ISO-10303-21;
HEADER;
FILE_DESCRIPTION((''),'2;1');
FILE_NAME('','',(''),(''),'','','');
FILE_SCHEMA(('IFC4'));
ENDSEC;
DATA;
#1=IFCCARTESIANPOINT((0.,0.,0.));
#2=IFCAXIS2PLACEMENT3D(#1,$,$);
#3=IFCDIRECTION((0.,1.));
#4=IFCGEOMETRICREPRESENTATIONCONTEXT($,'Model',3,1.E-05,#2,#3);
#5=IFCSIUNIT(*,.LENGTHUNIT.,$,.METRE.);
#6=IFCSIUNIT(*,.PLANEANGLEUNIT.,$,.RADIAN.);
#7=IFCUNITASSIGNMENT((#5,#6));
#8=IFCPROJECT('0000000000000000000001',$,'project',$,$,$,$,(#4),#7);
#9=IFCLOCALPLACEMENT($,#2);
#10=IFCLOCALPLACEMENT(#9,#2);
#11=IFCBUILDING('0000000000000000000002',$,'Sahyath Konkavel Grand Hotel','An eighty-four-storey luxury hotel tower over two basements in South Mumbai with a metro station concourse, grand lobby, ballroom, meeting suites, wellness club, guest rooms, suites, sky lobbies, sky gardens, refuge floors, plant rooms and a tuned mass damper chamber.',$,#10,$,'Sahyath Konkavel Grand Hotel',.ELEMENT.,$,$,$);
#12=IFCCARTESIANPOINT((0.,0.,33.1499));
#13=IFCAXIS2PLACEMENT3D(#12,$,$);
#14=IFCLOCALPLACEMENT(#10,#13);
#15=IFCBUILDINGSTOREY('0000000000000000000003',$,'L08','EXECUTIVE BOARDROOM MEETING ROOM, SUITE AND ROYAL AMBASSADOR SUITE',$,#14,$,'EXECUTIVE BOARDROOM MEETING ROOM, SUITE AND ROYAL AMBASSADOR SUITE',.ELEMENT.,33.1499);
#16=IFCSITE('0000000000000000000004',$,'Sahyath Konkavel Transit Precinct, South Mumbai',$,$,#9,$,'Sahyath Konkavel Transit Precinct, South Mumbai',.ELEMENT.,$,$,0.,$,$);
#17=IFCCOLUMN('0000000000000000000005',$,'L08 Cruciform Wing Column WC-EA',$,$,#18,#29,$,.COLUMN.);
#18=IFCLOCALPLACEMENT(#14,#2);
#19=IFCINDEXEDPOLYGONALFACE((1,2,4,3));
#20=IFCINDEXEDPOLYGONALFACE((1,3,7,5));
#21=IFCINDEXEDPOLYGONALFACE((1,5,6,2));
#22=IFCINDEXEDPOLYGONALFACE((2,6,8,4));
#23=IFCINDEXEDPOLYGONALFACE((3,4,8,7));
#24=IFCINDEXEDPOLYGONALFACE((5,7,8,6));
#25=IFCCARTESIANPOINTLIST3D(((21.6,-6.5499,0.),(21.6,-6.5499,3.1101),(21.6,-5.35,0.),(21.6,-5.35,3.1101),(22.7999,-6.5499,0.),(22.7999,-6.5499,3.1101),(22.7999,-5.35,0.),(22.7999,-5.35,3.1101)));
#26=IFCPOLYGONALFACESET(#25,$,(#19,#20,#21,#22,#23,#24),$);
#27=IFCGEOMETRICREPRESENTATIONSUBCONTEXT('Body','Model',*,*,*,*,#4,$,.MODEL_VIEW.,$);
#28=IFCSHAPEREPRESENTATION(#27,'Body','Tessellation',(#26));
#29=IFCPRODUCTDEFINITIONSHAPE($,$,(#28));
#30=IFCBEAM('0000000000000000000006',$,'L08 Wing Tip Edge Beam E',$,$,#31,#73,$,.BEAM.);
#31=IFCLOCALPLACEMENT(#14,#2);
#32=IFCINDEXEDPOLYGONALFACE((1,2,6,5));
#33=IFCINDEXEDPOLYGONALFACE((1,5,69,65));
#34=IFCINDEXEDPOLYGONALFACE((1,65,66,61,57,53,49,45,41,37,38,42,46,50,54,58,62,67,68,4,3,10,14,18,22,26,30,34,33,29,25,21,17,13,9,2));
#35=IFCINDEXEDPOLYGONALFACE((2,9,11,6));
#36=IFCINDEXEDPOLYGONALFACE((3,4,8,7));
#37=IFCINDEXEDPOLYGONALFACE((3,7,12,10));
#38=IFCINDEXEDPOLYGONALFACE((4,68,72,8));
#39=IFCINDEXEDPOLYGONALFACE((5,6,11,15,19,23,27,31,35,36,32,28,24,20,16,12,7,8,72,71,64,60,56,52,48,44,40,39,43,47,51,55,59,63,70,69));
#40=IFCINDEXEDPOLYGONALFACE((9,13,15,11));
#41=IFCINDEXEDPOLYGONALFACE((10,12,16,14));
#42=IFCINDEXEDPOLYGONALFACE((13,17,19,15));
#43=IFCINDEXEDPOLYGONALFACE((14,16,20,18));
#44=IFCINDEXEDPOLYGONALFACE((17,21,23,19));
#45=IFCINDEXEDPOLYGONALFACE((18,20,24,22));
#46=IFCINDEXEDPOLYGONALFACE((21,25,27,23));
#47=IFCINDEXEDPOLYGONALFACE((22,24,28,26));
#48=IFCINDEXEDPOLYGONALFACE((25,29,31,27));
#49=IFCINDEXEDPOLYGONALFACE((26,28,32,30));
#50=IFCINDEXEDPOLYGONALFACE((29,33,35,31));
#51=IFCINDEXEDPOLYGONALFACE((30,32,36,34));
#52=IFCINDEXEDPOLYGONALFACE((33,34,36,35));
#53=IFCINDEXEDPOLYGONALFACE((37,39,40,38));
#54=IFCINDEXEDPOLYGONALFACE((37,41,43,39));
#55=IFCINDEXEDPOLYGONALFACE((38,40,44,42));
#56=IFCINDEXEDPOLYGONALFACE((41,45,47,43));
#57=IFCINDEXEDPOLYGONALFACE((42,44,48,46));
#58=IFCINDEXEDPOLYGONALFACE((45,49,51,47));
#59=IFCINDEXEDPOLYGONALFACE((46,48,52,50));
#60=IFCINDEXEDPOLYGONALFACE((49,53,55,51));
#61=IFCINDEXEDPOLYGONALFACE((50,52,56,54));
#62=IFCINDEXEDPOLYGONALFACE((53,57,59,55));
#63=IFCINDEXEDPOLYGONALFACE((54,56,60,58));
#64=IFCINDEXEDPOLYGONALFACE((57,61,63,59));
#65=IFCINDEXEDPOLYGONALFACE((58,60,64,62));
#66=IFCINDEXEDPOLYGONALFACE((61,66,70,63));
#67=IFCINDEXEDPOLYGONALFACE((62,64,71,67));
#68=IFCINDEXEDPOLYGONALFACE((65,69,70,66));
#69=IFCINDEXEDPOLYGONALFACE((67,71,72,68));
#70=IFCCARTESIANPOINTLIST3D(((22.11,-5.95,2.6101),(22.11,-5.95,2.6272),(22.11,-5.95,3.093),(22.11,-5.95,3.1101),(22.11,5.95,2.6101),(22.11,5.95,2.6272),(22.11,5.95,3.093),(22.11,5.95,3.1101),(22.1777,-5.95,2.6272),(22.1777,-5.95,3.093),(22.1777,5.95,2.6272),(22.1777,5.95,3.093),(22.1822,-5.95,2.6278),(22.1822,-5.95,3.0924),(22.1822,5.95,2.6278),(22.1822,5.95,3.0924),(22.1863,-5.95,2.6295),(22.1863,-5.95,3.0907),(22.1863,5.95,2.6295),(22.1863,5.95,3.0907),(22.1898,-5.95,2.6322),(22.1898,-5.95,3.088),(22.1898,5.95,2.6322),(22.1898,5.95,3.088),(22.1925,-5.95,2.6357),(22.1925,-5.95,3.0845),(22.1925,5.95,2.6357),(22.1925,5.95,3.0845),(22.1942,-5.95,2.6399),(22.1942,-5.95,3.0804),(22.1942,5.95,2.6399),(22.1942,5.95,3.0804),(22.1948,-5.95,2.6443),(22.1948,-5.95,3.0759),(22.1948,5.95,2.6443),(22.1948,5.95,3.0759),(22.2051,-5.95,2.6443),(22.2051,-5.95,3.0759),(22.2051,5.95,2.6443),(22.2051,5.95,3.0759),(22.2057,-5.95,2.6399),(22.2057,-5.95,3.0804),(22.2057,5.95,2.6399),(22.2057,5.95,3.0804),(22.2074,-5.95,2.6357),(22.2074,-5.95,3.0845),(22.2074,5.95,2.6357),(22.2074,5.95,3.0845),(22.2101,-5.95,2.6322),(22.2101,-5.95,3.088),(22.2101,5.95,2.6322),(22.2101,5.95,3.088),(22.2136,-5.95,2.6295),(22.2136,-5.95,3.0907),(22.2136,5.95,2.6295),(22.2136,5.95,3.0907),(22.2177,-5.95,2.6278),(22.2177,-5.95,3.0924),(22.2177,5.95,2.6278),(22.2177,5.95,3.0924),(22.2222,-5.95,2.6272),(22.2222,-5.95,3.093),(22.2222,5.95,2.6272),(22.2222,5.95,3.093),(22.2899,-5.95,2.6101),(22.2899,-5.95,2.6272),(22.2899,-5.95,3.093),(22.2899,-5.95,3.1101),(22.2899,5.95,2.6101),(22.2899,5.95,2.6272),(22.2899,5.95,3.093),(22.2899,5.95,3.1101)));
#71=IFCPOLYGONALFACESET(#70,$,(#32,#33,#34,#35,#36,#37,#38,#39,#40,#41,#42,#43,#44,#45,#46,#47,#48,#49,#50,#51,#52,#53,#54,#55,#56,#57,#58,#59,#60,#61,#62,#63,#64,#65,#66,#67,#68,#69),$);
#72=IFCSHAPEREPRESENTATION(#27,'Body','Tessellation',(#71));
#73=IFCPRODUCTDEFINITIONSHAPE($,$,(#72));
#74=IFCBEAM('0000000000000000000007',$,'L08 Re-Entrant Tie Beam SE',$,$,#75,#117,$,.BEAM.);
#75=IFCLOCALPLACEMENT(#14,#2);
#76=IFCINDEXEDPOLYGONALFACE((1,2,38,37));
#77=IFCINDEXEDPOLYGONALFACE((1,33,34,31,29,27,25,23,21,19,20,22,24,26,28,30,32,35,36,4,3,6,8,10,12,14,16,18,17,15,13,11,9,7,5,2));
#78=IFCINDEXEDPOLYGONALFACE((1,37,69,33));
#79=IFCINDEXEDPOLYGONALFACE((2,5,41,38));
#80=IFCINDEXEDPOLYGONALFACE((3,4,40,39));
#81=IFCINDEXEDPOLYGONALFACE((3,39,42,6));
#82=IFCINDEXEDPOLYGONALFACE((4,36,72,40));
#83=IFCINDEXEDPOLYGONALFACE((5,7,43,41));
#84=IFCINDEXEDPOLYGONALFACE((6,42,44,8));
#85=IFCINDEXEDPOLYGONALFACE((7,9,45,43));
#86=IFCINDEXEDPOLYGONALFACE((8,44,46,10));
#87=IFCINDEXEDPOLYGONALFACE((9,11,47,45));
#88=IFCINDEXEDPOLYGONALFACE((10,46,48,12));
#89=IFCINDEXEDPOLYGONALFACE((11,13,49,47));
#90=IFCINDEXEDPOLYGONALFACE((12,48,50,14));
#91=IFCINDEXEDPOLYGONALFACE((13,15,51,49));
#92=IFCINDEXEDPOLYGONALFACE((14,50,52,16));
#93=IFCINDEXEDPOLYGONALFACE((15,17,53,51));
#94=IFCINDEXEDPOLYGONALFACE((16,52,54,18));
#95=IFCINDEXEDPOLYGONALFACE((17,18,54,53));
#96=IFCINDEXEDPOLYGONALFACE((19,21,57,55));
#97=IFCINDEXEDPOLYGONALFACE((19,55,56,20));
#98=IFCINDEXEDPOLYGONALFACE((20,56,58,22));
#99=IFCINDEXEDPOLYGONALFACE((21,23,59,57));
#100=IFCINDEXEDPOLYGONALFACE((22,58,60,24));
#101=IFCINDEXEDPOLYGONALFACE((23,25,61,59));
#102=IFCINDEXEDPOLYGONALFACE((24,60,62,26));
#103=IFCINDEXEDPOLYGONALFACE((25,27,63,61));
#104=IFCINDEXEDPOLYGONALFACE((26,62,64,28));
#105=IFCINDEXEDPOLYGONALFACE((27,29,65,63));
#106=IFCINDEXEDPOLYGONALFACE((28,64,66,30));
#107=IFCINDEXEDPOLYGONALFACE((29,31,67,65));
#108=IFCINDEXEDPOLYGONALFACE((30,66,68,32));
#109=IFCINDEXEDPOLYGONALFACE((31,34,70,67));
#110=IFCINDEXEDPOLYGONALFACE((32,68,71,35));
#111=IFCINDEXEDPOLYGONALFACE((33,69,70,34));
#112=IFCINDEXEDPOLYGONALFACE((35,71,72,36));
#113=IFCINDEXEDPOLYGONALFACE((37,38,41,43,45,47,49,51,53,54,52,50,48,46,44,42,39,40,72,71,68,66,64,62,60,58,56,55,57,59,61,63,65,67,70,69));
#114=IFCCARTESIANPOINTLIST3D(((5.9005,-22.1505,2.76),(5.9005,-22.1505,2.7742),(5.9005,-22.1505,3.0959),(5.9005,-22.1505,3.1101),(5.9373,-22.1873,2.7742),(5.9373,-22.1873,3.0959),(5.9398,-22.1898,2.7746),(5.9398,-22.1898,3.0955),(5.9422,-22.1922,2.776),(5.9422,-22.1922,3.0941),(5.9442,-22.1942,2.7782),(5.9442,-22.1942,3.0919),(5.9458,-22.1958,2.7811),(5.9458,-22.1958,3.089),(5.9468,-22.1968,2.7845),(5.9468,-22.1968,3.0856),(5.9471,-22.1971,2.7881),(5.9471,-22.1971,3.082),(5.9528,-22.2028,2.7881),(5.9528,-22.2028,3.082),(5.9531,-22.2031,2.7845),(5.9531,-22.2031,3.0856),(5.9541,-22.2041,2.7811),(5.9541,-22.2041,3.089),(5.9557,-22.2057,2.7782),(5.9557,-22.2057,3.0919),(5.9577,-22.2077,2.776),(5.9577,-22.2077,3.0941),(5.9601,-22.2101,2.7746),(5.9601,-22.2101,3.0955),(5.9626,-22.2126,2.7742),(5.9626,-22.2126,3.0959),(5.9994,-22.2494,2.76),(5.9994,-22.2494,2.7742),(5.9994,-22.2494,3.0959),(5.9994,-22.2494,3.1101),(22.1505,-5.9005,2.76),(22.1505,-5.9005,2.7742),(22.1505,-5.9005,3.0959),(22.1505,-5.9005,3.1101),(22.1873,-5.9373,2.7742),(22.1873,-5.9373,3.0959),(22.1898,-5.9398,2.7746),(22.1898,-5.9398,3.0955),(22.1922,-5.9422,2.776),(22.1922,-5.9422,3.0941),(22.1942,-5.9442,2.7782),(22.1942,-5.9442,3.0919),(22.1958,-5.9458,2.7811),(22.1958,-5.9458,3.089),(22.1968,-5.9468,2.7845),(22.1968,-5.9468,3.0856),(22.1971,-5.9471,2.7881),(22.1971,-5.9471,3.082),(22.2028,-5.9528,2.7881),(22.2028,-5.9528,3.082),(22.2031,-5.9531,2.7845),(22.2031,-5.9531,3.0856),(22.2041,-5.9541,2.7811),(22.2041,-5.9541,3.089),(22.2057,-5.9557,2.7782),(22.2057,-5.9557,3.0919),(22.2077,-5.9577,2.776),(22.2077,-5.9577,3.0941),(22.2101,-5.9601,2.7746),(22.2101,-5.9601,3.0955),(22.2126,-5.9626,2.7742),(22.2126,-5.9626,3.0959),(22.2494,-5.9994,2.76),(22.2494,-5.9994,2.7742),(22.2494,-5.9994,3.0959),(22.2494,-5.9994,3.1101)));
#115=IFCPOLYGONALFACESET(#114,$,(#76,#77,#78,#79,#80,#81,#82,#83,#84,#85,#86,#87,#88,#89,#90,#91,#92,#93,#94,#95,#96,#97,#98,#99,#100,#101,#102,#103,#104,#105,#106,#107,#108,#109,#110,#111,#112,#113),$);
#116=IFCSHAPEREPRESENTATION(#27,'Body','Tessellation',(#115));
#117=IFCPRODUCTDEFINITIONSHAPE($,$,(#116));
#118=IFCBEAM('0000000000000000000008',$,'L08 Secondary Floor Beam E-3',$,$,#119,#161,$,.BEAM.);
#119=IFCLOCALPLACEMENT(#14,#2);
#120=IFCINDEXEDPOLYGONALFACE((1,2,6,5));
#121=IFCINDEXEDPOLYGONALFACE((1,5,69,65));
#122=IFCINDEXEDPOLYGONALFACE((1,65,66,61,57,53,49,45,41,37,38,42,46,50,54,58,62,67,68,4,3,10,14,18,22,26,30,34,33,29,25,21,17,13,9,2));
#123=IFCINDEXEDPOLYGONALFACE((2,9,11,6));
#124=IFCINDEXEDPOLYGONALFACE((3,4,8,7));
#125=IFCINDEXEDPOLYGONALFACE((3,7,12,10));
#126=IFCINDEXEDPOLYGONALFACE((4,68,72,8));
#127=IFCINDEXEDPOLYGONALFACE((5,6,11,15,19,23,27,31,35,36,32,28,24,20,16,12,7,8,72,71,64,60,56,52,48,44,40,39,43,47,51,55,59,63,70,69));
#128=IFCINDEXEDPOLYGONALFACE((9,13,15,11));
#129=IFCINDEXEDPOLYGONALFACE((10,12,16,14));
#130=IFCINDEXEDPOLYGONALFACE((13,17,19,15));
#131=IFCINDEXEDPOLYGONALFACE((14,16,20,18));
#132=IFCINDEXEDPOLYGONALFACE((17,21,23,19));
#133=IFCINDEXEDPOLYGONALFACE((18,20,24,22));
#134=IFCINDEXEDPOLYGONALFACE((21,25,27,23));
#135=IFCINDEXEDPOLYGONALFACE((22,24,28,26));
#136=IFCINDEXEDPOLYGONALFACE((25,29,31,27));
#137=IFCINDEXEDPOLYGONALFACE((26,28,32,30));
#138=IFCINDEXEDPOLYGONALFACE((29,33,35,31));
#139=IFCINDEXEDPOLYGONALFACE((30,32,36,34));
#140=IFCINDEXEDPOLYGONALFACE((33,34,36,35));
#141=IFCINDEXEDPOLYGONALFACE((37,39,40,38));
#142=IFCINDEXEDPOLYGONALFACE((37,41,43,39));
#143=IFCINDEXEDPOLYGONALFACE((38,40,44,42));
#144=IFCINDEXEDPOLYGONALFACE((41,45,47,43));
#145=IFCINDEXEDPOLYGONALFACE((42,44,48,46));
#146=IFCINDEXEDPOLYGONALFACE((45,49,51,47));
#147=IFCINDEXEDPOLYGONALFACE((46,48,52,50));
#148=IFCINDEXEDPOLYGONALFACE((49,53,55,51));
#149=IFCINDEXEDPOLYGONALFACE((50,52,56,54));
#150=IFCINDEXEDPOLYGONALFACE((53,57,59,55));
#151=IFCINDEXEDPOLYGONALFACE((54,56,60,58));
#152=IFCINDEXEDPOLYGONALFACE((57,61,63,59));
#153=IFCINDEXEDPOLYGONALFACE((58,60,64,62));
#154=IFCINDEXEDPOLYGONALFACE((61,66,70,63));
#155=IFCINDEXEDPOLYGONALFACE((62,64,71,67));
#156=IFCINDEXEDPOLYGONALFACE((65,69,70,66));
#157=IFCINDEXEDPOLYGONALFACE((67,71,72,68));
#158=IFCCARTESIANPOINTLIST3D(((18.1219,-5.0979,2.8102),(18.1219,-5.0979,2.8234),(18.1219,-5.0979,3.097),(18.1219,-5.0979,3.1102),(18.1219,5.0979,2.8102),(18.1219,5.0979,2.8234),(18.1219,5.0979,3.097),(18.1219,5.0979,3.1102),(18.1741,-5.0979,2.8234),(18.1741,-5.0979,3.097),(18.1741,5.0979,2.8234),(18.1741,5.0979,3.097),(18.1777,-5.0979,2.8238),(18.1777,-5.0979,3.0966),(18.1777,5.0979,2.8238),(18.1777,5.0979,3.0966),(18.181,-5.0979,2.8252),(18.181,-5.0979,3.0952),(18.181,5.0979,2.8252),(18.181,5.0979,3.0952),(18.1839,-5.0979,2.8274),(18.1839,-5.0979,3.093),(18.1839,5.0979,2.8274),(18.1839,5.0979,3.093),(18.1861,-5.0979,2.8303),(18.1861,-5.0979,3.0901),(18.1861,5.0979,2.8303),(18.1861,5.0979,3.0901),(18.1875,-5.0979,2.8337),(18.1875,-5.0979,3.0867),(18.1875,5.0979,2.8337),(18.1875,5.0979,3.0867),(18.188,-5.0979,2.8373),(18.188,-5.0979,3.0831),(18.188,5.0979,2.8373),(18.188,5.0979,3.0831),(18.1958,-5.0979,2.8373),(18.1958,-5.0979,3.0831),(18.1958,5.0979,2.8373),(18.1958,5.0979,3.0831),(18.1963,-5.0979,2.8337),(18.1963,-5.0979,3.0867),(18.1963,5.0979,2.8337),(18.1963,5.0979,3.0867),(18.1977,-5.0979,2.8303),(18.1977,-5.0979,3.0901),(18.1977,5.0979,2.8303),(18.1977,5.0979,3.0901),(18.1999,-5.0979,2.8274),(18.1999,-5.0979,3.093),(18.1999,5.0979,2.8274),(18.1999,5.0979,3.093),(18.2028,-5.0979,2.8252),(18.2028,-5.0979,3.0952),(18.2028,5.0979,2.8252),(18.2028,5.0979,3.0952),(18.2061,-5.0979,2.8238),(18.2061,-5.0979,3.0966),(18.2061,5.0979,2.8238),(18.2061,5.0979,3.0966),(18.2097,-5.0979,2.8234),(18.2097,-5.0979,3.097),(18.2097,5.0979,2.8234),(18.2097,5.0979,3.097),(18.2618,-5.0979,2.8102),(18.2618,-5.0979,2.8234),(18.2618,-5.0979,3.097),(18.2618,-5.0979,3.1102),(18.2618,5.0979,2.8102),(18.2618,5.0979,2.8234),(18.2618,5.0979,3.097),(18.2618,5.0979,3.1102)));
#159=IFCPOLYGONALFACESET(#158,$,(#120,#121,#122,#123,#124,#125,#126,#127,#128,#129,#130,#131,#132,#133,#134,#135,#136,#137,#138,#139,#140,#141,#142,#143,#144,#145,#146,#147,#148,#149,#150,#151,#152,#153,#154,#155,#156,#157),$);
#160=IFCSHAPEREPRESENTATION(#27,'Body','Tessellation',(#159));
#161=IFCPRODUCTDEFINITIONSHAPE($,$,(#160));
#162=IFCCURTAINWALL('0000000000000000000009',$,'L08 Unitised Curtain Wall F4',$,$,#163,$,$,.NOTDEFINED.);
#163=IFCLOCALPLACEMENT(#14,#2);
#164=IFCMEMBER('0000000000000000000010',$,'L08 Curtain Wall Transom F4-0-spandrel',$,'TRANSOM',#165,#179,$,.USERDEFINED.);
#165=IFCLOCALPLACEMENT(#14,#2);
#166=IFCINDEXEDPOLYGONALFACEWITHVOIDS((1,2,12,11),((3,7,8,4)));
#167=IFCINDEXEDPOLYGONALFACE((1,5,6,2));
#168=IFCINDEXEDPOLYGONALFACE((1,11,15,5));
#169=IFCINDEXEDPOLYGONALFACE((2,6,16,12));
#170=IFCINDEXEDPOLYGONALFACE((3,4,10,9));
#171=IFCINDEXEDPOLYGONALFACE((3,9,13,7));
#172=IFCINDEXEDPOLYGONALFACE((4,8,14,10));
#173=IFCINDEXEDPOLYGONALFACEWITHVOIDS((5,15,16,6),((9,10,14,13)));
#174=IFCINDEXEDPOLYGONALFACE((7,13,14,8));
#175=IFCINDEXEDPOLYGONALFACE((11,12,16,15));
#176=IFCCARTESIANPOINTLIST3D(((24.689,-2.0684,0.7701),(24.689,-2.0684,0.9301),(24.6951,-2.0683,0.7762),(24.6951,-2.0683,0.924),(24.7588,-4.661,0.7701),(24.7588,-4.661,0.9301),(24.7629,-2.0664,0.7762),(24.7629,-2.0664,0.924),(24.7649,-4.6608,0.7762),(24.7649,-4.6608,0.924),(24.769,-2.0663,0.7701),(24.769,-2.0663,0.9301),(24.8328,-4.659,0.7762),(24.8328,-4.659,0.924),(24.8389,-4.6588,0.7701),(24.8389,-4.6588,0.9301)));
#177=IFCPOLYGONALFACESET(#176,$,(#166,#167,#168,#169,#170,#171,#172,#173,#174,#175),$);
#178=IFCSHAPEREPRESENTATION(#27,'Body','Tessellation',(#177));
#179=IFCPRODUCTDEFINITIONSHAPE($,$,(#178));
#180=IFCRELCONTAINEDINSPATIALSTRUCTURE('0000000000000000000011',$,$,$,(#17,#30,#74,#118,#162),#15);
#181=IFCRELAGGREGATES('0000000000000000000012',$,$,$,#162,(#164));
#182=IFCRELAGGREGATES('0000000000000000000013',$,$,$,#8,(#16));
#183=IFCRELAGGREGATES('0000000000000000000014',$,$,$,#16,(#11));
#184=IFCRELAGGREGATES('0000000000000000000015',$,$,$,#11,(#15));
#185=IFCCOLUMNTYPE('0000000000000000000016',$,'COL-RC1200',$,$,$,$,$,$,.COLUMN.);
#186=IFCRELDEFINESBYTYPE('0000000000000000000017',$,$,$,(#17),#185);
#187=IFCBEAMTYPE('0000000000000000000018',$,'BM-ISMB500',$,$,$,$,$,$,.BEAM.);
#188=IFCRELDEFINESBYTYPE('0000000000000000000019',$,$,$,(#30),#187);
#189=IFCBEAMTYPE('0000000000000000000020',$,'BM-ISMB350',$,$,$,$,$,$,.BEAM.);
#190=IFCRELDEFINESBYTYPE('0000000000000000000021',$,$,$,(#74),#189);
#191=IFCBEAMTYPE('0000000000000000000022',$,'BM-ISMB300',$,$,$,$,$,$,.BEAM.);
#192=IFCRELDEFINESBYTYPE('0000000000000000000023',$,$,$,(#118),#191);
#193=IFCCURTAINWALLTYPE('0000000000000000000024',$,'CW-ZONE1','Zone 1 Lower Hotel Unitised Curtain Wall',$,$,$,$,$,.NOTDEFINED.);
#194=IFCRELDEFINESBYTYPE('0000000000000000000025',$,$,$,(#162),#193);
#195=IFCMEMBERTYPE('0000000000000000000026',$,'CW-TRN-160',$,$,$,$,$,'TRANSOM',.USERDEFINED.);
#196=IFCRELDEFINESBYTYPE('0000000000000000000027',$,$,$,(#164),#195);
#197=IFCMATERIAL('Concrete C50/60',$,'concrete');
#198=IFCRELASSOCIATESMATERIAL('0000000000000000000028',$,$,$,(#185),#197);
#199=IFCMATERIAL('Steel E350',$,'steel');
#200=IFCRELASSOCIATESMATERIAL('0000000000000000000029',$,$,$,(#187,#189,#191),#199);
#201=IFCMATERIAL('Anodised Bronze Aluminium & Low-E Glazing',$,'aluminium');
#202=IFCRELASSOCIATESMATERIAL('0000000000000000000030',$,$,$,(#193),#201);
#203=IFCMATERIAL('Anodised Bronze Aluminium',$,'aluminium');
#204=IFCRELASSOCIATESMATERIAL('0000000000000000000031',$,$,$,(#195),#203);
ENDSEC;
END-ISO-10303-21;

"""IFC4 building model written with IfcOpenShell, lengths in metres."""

from ifc_helpers import new_model, si_unit, direction, frame, origin, origin_2d, place, context, subcontext, project, spatial, rectangle, hollow_rectangle, i_section, extrude, source, transform, mapped, material, material_profile, profile_set, type_object, element, aggregate, save


model = new_model("IFC4")

# Units and contexts
model_context = context("Model", 3, precision=1e-05, world=origin(), true_north=direction((0.0, 1.0)))
body_context = subcontext(model_context, "Body", "Model", "MODEL_VIEW")
ifc_project = project(units=[si_unit("LENGTHUNIT", "METRE"), si_unit("PLANEANGLEUNIT", "RADIAN")], contexts=[model_context])

# Site, building, storey
site_placement = place(None, origin())
site = spatial("IfcSite", under=ifc_project, at=site_placement, Name="Sahyath Konkavel Transit Precinct, South Mumbai", LongName="Sahyath Konkavel Transit Precinct, South Mumbai", CompositionType="ELEMENT", RefElevation=0.0)
building_placement = place(site_placement, origin())
building = spatial("IfcBuilding", under=site, at=building_placement, Name="Sahyath Konkavel Grand Hotel", Description="An eighty-four-storey luxury hotel tower over two basements in South Mumbai with a metro station concourse, grand lobby, ballroom, meeting suites, wellness club, guest rooms, suites, sky lobbies, sky gardens, refuge floors, plant rooms and a tuned mass damper chamber.", LongName="Sahyath Konkavel Grand Hotel", CompositionType="ELEMENT")
storey_placement = place(building_placement, frame((0.0, 0.0, 33.1499)))
storey = spatial("IfcBuildingStorey", under=building, at=storey_placement, Name="L08", Description="EXECUTIVE BOARDROOM MEETING ROOM, SUITE AND ROYAL AMBASSADOR SUITE", LongName="EXECUTIVE BOARDROOM MEETING ROOM, SUITE AND ROYAL AMBASSADOR SUITE", CompositionType="ELEMENT", Elevation=33.1499)

# Column
ifc_material_1 = material(Name="Concrete C50/60", Category="concrete")
ifc_material_profile_1 = material_profile(ifc_material_1, rectangle(XDim=1.2, YDim=1.2, at=origin_2d()), Name="RC 1200x1200")
ifc_profile_set_1 = profile_set([ifc_material_profile_1], Name="Concrete C50/60")
column_type = type_object("IfcColumnType", Name="COL-RC1200", PredefinedType="COLUMN", material=ifc_profile_set_1)
shared_shape_1 = source(origin(), body_context, "Body", "SweptSolid", [
    extrude(rectangle(XDim=1.2, YDim=1.2, at=origin_2d()), origin(), (0.0, 0.0, 1.0), 3.1101),
])
column_placement = place(storey_placement, frame((22.2, -5.95, 0.0), z_axis=(0.0, 0.0, 1.0), x_axis=(1.0, 0.0, 0.0)))
element("IfcColumn", 1, at=column_placement, inside=storey, type_object=column_type, Name="L08 Cruciform Wing Column WC-EA", PredefinedType="COLUMN", context=body_context, shape_type="MappedRepresentation", body=[
    mapped(shared_shape_1, transform((0.0, 0.0, 0.0), scale=1.0)),
])

# Beams
ifc_material_2 = material(Name="Steel E350", Category="steel")
ifc_material_profile_2 = material_profile(ifc_material_2, i_section(OverallWidth=0.1799, OverallDepth=0.5, WebThickness=0.0103, FlangeThickness=0.0171, FilletRadius=0.0171, at=origin_2d()), Name="ISMB 500")
ifc_profile_set_2 = profile_set([ifc_material_profile_2], Name="Steel E350")
beam_type_1 = type_object("IfcBeamType", Name="BM-ISMB500", PredefinedType="BEAM", material=ifc_profile_set_2)
shared_shape_2 = source(origin(), body_context, "Body", "SweptSolid", [
    extrude(i_section(OverallWidth=0.1799, OverallDepth=0.5, WebThickness=0.0103, FlangeThickness=0.0171, FilletRadius=0.0171, at=origin_2d()), origin(), (0.0, 0.0, 1.0), 11.8999),
])
beam_1_placement = place(storey_placement, frame((22.2, -5.95, 2.8601), z_axis=(0.0, 1.0, 0.0), x_axis=(-1.0, 0.0, 0.0)))
element("IfcBeam", 2, at=beam_1_placement, inside=storey, type_object=beam_type_1, Name="L08 Wing Tip Edge Beam E", PredefinedType="BEAM", context=body_context, shape_type="MappedRepresentation", body=[
    mapped(shared_shape_2, transform((0.0, 0.0, 0.0), scale=1.0)),
])
ifc_material_profile_3 = material_profile(ifc_material_2, i_section(OverallWidth=0.1399, OverallDepth=0.3501, WebThickness=0.0081, FlangeThickness=0.0142, FilletRadius=0.0139, at=origin_2d()), Name="ISMB 350")
ifc_profile_set_3 = profile_set([ifc_material_profile_3], Name="Steel E350")
beam_type_2 = type_object("IfcBeamType", Name="BM-ISMB350", PredefinedType="BEAM", material=ifc_profile_set_3)
shared_shape_3 = source(origin(), body_context, "Body", "SweptSolid", [
    extrude(i_section(OverallWidth=0.1399, OverallDepth=0.3501, WebThickness=0.0081, FlangeThickness=0.0142, FilletRadius=0.0139, at=origin_2d()), origin(), (0.0, 0.0, 1.0), 22.981),
])
beam_2_placement = place(storey_placement, frame((22.2, -5.95, 2.9351), z_axis=(-0.707107, -0.707107, 0.0), x_axis=(0.707107, -0.707107, 0.0)))
element("IfcBeam", 3, at=beam_2_placement, inside=storey, type_object=beam_type_2, Name="L08 Re-Entrant Tie Beam SE", PredefinedType="BEAM", context=body_context, shape_type="MappedRepresentation", body=[
    mapped(shared_shape_3, transform((0.0, 0.0, 0.0), scale=1.0)),
])
ifc_material_profile_4 = material_profile(ifc_material_2, i_section(OverallWidth=0.1399, OverallDepth=0.3, WebThickness=0.0078, FlangeThickness=0.0132, FilletRadius=0.0139, at=origin_2d()), Name="ISMB 300")
ifc_profile_set_4 = profile_set([ifc_material_profile_4], Name="Steel E350")
beam_type_3 = type_object("IfcBeamType", Name="BM-ISMB300", PredefinedType="BEAM", material=ifc_profile_set_4)
shared_shape_4 = source(origin(), body_context, "Body", "SweptSolid", [
    extrude(i_section(OverallWidth=0.1399, OverallDepth=0.3, WebThickness=0.0078, FlangeThickness=0.0132, FilletRadius=0.0139, at=origin_2d()), origin(), (0.0, 0.0, 1.0), 10.1958),
])
beam_3_placement = place(storey_placement, frame((18.1919, -5.0979, 2.9602), z_axis=(0.0, 1.0, 0.0), x_axis=(-1.0, 0.0, 0.0)))
element("IfcBeam", 4, at=beam_3_placement, inside=storey, type_object=beam_type_3, Name="L08 Secondary Floor Beam E-3", PredefinedType="BEAM", context=body_context, shape_type="MappedRepresentation", body=[
    mapped(shared_shape_4, transform((0.0, 0.0, 0.0), scale=1.0)),
])

# Curtain wall, member
ifc_material_3 = material(Name="Anodised Bronze Aluminium & Low-E Glazing", Category="aluminium")
curtain_wall_type = type_object("IfcCurtainWallType", Name="CW-ZONE1", Description="Zone 1 Lower Hotel Unitised Curtain Wall", PredefinedType="NOTDEFINED", material=ifc_material_3)
curtain_wall_1_placement = place(storey_placement, origin())
curtain_wall_1 = element("IfcCurtainWall", 5, at=curtain_wall_1_placement, inside=storey, type_object=curtain_wall_type, Name="L08 Unitised Curtain Wall F4", PredefinedType="NOTDEFINED")
ifc_material_4 = material(Name="Anodised Bronze Aluminium", Category="aluminium")
ifc_material_profile_5 = material_profile(ifc_material_4, hollow_rectangle(XDim=0.0801, YDim=0.1599, WallThickness=0.0061, at=origin_2d()), Name="RHS 160x80x6")
ifc_profile_set_5 = profile_set([ifc_material_profile_5], Name="Anodised Bronze Aluminium")
member_type_1 = type_object("IfcMemberType", Name="CW-TRN-160", ElementType="TRANSOM", PredefinedType="USERDEFINED", material=ifc_profile_set_5)
shared_shape_5 = source(origin(), body_context, "Body", "SweptSolid", [
    extrude(hollow_rectangle(XDim=0.0801, YDim=0.1599, WallThickness=0.0061, at=origin_2d()), origin(), (0.0, 0.0, 1.0), 2.5935),
])
member_1_placement = place(storey_placement, frame((24.7988, -4.6599, 0.8501), z_axis=(-0.026923, 0.999638, 0.0), x_axis=(-0.999638, -0.026923, 0.0)))
member_1 = element("IfcMember", 6, at=member_1_placement, type_object=member_type_1, Name="L08 Curtain Wall Transom F4-0-spandrel", ObjectType="TRANSOM", PredefinedType="USERDEFINED", context=body_context, shape_type="MappedRepresentation", body=[
    mapped(shared_shape_5, transform((0.0, 0.0, 0.0), scale=1.0)),
])

aggregate(curtain_wall_1, [member_1])

save(model, "model.ifc")
